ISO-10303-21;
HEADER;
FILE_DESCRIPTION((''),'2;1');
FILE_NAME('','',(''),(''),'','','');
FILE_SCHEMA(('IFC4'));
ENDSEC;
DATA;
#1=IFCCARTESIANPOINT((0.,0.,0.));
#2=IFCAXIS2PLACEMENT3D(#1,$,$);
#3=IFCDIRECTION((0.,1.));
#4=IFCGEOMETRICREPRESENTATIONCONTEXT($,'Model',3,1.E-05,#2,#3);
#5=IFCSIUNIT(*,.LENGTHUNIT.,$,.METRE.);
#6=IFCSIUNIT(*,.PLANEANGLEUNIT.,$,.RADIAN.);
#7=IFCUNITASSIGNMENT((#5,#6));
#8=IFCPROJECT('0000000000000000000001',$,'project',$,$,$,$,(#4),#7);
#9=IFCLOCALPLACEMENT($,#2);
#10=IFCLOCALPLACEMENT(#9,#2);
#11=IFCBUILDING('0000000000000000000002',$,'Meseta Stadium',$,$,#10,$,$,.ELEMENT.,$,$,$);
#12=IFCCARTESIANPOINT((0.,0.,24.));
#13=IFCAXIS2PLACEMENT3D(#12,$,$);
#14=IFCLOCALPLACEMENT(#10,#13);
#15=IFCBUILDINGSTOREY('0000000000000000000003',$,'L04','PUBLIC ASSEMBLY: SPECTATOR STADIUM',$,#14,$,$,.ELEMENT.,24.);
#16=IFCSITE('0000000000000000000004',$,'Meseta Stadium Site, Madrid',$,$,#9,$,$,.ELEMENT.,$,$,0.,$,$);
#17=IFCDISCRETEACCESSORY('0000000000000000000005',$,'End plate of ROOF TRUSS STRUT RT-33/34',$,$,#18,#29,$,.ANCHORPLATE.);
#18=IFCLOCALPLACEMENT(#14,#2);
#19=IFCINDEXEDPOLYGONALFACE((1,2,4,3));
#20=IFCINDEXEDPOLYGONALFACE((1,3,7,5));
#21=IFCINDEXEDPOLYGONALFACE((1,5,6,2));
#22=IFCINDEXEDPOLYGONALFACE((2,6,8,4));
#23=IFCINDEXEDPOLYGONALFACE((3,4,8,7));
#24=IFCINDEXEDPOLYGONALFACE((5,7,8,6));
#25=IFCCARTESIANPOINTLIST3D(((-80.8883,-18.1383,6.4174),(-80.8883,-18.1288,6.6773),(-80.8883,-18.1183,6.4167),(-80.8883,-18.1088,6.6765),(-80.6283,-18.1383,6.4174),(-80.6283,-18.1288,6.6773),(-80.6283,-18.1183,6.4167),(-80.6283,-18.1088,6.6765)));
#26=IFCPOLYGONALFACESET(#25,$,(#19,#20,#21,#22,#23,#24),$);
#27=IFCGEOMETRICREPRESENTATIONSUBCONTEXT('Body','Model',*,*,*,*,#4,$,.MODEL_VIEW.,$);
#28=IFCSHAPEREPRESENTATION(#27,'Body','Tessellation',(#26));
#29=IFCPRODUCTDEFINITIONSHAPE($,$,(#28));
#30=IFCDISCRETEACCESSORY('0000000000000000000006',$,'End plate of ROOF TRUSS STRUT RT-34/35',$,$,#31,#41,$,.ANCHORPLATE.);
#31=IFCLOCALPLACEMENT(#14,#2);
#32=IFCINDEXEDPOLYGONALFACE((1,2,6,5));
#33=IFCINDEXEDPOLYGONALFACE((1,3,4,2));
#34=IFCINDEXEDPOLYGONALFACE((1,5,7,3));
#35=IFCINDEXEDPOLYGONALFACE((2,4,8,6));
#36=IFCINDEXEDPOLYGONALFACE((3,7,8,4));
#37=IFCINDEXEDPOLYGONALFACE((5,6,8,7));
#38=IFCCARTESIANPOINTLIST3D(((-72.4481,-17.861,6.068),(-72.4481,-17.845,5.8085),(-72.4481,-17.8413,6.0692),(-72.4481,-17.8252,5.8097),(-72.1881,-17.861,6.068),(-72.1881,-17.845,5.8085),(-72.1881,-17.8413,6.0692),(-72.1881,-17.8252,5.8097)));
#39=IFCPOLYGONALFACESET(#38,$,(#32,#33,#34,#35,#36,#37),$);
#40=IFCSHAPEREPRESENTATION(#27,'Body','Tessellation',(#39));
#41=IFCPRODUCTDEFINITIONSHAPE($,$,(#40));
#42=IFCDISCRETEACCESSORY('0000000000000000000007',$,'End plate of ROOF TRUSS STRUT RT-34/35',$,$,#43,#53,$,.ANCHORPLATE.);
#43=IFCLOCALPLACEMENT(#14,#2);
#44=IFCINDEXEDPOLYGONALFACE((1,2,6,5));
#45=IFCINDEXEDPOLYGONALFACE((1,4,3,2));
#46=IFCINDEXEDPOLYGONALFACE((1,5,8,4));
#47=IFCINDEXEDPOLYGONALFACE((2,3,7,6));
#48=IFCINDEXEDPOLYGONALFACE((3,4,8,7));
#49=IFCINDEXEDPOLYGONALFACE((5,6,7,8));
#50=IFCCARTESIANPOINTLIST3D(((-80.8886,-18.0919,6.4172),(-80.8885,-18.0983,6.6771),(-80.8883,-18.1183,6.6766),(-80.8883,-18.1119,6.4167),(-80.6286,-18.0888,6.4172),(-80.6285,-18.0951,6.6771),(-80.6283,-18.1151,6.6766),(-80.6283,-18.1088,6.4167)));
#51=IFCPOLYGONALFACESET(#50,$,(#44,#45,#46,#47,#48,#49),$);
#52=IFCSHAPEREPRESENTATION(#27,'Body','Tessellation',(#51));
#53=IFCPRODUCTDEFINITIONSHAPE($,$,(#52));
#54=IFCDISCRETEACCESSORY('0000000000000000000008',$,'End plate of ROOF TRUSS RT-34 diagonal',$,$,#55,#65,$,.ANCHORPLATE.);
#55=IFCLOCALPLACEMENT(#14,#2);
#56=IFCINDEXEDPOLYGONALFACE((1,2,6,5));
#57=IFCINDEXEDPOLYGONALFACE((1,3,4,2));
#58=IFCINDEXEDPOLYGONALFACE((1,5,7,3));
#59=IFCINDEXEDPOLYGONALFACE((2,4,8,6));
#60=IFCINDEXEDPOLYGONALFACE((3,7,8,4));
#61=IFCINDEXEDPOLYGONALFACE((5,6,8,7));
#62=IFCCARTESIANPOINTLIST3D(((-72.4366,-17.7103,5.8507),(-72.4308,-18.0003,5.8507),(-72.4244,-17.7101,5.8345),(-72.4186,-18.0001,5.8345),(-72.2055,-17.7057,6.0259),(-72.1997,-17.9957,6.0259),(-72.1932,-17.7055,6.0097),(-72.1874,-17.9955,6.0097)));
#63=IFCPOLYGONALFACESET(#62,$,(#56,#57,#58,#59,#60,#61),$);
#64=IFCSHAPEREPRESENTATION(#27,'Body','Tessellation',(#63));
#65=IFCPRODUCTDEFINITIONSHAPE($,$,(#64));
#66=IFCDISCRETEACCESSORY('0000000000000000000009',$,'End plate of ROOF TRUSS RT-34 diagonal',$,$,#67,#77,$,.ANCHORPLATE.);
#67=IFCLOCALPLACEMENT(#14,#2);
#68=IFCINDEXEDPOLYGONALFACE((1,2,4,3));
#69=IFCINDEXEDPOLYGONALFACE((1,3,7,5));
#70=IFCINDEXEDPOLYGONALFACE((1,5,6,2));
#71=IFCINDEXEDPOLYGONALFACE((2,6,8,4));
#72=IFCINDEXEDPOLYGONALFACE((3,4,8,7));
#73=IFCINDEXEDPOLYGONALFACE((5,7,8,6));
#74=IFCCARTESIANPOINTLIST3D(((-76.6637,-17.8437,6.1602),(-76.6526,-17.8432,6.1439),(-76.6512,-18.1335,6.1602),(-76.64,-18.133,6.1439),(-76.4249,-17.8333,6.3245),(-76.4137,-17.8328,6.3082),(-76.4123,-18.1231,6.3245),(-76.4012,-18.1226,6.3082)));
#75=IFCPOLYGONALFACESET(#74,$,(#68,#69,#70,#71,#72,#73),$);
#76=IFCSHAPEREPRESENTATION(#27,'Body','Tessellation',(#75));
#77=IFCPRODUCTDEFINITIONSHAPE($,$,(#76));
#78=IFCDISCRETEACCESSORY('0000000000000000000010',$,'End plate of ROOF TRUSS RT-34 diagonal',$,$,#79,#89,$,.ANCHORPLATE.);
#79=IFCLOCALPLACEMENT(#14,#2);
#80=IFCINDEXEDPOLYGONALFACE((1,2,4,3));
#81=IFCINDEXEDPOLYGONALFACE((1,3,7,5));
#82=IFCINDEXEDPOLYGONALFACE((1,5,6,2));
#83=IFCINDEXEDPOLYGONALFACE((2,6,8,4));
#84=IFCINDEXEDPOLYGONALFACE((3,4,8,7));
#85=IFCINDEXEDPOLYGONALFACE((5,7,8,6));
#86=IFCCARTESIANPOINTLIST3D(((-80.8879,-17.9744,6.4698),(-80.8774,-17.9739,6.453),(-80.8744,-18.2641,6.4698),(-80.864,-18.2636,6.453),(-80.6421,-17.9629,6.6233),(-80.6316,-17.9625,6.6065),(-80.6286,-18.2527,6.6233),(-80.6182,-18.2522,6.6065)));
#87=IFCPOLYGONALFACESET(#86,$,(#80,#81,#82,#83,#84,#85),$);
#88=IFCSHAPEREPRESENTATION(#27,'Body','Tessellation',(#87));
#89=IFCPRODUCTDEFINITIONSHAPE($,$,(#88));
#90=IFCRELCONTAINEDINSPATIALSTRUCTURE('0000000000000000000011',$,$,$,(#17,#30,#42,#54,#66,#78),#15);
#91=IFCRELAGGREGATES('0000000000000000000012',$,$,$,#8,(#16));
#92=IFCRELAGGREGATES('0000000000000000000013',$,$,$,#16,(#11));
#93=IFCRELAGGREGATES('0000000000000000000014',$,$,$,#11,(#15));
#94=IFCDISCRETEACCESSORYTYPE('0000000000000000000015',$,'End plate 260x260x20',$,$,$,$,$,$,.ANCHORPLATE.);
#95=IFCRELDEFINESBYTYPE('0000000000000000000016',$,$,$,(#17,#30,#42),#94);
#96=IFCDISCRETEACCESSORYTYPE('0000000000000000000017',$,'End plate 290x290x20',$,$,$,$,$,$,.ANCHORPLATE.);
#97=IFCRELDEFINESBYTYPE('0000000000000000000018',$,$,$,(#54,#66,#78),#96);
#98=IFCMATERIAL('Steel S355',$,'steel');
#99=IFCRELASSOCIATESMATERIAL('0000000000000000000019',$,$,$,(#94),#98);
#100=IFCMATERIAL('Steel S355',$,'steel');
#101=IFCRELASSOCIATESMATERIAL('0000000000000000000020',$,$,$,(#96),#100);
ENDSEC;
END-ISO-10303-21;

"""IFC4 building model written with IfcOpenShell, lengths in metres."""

from ifc_helpers import new_model, si_unit, direction, frame, origin, origin_2d, place, context, subcontext, project, spatial, rectangle, extrude, material, material_profile, profile_set, type_object, element, save


model = new_model("IFC4")

# Units and contexts
model_context = context("Model", 3, precision=1e-05, world=origin(), true_north=direction((0.0, 1.0)))
body_context = subcontext(model_context, "Body", "Model", "MODEL_VIEW")
ifc_project = project(units=[si_unit("LENGTHUNIT", "METRE"), si_unit("PLANEANGLEUNIT", "RADIAN")], contexts=[model_context])

# Site, building, storey
site_placement = place(None, origin())
site = spatial("IfcSite", under=ifc_project, at=site_placement, Name="Meseta Stadium Site, Madrid", CompositionType="ELEMENT", RefElevation=0.0)
building_placement = place(site_placement, origin())
building = spatial("IfcBuilding", under=site, at=building_placement, Name="Meseta Stadium", CompositionType="ELEMENT")
storey_placement = place(building_placement, frame((0.0, 0.0, 24.0)))
storey = spatial("IfcBuildingStorey", under=building, at=storey_placement, Name="L04", Description="PUBLIC ASSEMBLY: SPECTATOR STADIUM", CompositionType="ELEMENT", Elevation=24.0)

# Discrete accessories
ifc_material_1 = material(Name="Steel S355", Category="steel")
ifc_material_profile_1 = material_profile(ifc_material_1, rectangle(XDim=0.26, YDim=0.26, at=origin_2d()), Name="PL 260x260")
ifc_profile_set_1 = profile_set([ifc_material_profile_1], Name="Steel S355")
discrete_accessory_type_1 = type_object("IfcDiscreteAccessoryType", Name="End plate 260x260x20", PredefinedType="ANCHORPLATE", material=ifc_profile_set_1)
for number, where, z_axis, x_axis, name in (
    (1, (-80.7583, -18.1135, 6.5466), (0.0, -0.999331, 0.036561), (1.0, 0.0, 0.0), "End plate of ROOF TRUSS STRUT RT-33/34"),
):
    element("IfcDiscreteAccessory", number, at=place(storey_placement, frame(where, z_axis=z_axis, x_axis=x_axis)), inside=storey, type_object=discrete_accessory_type_1, Name=name, PredefinedType="ANCHORPLATE", context=body_context, shape_type="SweptSolid", body=[
        extrude(rectangle(XDim=0.26, YDim=0.26, at=origin_2d()), origin(), (0.0, 0.0, 1.0), 0.02),
    ])
discrete_accessory_1_placement = place(storey_placement, frame((-72.3181, -17.8333, 5.9395), z_axis=(0.0, -0.9981, -0.061611), x_axis=(1.0, 0.0, 0.0)))
element("IfcDiscreteAccessory", 2, at=discrete_accessory_1_placement, inside=storey, type_object=discrete_accessory_type_1, Name="End plate of ROOF TRUSS STRUT RT-34/35", PredefinedType="ANCHORPLATE", context=body_context, shape_type="SweptSolid", body=[
    extrude(rectangle(XDim=0.26, YDim=0.26, at=origin_2d()), origin(), (0.0, 0.0, 1.0), 0.0198),
])
discrete_accessory_2_placement = place(storey_placement, frame((-80.7585, -18.0935, 6.5471), z_axis=(0.012191, -0.999628, -0.024381), x_axis=(0.999926, 0.012194, 0.0)))
element("IfcDiscreteAccessory", 3, at=discrete_accessory_2_placement, inside=storey, type_object=discrete_accessory_type_1, Name="End plate of ROOF TRUSS STRUT RT-34/35", PredefinedType="ANCHORPLATE", context=body_context, shape_type="SweptSolid", body=[
    extrude(rectangle(XDim=0.26, YDim=0.26, at=origin_2d()), origin(), (0.0, 0.0, 1.0), 0.02),
])
ifc_material_2 = material(Name="Steel S355", Category="steel")
ifc_material_profile_2 = material_profile(ifc_material_2, rectangle(XDim=0.29, YDim=0.29, at=origin_2d()), Name="PL 290x290")
ifc_profile_set_2 = profile_set([ifc_material_profile_2], Name="Steel S355")
discrete_accessory_type_2 = type_object("IfcDiscreteAccessoryType", Name="End plate 290x290x20", PredefinedType="ANCHORPLATE", material=ifc_profile_set_2)
discrete_accessory_3_placement = place(storey_placement, frame((-72.3059, -17.8528, 5.9221), z_axis=(-0.603814, -0.012076, 0.797034), x_axis=(0.019996, -0.9998, 0.0)))
element("IfcDiscreteAccessory", 4, at=discrete_accessory_3_placement, inside=storey, type_object=discrete_accessory_type_2, Name="End plate of ROOF TRUSS RT-34 diagonal", PredefinedType="ANCHORPLATE", context=body_context, shape_type="SweptSolid", body=[
    extrude(rectangle(XDim=0.29, YDim=0.29, at=origin_2d()), origin(), (0.0, 0.0, 1.0), 0.0203),
])
for number, where, z_axis, x_axis, name in (
    (5, (-76.5269, -17.9829, 6.2261), (-0.565835, -0.024602, 0.824151), (0.043437, -0.999056, 0.0), "End plate of ROOF TRUSS RT-34 diagonal"),
    (6, (-80.7478, -18.113, 6.5298), (-0.528733, -0.024592, 0.848432), (0.046461, -0.99892, 0.0), "End plate of ROOF TRUSS RT-34 diagonal"),
):
    element("IfcDiscreteAccessory", number, at=place(storey_placement, frame(where, z_axis=z_axis, x_axis=x_axis)), inside=storey, type_object=discrete_accessory_type_2, Name=name, PredefinedType="ANCHORPLATE", context=body_context, shape_type="SweptSolid", body=[
        extrude(rectangle(XDim=0.29, YDim=0.29, at=origin_2d()), origin(), (0.0, 0.0, 1.0), 0.0198),
    ])

save(model, "model.ifc")
